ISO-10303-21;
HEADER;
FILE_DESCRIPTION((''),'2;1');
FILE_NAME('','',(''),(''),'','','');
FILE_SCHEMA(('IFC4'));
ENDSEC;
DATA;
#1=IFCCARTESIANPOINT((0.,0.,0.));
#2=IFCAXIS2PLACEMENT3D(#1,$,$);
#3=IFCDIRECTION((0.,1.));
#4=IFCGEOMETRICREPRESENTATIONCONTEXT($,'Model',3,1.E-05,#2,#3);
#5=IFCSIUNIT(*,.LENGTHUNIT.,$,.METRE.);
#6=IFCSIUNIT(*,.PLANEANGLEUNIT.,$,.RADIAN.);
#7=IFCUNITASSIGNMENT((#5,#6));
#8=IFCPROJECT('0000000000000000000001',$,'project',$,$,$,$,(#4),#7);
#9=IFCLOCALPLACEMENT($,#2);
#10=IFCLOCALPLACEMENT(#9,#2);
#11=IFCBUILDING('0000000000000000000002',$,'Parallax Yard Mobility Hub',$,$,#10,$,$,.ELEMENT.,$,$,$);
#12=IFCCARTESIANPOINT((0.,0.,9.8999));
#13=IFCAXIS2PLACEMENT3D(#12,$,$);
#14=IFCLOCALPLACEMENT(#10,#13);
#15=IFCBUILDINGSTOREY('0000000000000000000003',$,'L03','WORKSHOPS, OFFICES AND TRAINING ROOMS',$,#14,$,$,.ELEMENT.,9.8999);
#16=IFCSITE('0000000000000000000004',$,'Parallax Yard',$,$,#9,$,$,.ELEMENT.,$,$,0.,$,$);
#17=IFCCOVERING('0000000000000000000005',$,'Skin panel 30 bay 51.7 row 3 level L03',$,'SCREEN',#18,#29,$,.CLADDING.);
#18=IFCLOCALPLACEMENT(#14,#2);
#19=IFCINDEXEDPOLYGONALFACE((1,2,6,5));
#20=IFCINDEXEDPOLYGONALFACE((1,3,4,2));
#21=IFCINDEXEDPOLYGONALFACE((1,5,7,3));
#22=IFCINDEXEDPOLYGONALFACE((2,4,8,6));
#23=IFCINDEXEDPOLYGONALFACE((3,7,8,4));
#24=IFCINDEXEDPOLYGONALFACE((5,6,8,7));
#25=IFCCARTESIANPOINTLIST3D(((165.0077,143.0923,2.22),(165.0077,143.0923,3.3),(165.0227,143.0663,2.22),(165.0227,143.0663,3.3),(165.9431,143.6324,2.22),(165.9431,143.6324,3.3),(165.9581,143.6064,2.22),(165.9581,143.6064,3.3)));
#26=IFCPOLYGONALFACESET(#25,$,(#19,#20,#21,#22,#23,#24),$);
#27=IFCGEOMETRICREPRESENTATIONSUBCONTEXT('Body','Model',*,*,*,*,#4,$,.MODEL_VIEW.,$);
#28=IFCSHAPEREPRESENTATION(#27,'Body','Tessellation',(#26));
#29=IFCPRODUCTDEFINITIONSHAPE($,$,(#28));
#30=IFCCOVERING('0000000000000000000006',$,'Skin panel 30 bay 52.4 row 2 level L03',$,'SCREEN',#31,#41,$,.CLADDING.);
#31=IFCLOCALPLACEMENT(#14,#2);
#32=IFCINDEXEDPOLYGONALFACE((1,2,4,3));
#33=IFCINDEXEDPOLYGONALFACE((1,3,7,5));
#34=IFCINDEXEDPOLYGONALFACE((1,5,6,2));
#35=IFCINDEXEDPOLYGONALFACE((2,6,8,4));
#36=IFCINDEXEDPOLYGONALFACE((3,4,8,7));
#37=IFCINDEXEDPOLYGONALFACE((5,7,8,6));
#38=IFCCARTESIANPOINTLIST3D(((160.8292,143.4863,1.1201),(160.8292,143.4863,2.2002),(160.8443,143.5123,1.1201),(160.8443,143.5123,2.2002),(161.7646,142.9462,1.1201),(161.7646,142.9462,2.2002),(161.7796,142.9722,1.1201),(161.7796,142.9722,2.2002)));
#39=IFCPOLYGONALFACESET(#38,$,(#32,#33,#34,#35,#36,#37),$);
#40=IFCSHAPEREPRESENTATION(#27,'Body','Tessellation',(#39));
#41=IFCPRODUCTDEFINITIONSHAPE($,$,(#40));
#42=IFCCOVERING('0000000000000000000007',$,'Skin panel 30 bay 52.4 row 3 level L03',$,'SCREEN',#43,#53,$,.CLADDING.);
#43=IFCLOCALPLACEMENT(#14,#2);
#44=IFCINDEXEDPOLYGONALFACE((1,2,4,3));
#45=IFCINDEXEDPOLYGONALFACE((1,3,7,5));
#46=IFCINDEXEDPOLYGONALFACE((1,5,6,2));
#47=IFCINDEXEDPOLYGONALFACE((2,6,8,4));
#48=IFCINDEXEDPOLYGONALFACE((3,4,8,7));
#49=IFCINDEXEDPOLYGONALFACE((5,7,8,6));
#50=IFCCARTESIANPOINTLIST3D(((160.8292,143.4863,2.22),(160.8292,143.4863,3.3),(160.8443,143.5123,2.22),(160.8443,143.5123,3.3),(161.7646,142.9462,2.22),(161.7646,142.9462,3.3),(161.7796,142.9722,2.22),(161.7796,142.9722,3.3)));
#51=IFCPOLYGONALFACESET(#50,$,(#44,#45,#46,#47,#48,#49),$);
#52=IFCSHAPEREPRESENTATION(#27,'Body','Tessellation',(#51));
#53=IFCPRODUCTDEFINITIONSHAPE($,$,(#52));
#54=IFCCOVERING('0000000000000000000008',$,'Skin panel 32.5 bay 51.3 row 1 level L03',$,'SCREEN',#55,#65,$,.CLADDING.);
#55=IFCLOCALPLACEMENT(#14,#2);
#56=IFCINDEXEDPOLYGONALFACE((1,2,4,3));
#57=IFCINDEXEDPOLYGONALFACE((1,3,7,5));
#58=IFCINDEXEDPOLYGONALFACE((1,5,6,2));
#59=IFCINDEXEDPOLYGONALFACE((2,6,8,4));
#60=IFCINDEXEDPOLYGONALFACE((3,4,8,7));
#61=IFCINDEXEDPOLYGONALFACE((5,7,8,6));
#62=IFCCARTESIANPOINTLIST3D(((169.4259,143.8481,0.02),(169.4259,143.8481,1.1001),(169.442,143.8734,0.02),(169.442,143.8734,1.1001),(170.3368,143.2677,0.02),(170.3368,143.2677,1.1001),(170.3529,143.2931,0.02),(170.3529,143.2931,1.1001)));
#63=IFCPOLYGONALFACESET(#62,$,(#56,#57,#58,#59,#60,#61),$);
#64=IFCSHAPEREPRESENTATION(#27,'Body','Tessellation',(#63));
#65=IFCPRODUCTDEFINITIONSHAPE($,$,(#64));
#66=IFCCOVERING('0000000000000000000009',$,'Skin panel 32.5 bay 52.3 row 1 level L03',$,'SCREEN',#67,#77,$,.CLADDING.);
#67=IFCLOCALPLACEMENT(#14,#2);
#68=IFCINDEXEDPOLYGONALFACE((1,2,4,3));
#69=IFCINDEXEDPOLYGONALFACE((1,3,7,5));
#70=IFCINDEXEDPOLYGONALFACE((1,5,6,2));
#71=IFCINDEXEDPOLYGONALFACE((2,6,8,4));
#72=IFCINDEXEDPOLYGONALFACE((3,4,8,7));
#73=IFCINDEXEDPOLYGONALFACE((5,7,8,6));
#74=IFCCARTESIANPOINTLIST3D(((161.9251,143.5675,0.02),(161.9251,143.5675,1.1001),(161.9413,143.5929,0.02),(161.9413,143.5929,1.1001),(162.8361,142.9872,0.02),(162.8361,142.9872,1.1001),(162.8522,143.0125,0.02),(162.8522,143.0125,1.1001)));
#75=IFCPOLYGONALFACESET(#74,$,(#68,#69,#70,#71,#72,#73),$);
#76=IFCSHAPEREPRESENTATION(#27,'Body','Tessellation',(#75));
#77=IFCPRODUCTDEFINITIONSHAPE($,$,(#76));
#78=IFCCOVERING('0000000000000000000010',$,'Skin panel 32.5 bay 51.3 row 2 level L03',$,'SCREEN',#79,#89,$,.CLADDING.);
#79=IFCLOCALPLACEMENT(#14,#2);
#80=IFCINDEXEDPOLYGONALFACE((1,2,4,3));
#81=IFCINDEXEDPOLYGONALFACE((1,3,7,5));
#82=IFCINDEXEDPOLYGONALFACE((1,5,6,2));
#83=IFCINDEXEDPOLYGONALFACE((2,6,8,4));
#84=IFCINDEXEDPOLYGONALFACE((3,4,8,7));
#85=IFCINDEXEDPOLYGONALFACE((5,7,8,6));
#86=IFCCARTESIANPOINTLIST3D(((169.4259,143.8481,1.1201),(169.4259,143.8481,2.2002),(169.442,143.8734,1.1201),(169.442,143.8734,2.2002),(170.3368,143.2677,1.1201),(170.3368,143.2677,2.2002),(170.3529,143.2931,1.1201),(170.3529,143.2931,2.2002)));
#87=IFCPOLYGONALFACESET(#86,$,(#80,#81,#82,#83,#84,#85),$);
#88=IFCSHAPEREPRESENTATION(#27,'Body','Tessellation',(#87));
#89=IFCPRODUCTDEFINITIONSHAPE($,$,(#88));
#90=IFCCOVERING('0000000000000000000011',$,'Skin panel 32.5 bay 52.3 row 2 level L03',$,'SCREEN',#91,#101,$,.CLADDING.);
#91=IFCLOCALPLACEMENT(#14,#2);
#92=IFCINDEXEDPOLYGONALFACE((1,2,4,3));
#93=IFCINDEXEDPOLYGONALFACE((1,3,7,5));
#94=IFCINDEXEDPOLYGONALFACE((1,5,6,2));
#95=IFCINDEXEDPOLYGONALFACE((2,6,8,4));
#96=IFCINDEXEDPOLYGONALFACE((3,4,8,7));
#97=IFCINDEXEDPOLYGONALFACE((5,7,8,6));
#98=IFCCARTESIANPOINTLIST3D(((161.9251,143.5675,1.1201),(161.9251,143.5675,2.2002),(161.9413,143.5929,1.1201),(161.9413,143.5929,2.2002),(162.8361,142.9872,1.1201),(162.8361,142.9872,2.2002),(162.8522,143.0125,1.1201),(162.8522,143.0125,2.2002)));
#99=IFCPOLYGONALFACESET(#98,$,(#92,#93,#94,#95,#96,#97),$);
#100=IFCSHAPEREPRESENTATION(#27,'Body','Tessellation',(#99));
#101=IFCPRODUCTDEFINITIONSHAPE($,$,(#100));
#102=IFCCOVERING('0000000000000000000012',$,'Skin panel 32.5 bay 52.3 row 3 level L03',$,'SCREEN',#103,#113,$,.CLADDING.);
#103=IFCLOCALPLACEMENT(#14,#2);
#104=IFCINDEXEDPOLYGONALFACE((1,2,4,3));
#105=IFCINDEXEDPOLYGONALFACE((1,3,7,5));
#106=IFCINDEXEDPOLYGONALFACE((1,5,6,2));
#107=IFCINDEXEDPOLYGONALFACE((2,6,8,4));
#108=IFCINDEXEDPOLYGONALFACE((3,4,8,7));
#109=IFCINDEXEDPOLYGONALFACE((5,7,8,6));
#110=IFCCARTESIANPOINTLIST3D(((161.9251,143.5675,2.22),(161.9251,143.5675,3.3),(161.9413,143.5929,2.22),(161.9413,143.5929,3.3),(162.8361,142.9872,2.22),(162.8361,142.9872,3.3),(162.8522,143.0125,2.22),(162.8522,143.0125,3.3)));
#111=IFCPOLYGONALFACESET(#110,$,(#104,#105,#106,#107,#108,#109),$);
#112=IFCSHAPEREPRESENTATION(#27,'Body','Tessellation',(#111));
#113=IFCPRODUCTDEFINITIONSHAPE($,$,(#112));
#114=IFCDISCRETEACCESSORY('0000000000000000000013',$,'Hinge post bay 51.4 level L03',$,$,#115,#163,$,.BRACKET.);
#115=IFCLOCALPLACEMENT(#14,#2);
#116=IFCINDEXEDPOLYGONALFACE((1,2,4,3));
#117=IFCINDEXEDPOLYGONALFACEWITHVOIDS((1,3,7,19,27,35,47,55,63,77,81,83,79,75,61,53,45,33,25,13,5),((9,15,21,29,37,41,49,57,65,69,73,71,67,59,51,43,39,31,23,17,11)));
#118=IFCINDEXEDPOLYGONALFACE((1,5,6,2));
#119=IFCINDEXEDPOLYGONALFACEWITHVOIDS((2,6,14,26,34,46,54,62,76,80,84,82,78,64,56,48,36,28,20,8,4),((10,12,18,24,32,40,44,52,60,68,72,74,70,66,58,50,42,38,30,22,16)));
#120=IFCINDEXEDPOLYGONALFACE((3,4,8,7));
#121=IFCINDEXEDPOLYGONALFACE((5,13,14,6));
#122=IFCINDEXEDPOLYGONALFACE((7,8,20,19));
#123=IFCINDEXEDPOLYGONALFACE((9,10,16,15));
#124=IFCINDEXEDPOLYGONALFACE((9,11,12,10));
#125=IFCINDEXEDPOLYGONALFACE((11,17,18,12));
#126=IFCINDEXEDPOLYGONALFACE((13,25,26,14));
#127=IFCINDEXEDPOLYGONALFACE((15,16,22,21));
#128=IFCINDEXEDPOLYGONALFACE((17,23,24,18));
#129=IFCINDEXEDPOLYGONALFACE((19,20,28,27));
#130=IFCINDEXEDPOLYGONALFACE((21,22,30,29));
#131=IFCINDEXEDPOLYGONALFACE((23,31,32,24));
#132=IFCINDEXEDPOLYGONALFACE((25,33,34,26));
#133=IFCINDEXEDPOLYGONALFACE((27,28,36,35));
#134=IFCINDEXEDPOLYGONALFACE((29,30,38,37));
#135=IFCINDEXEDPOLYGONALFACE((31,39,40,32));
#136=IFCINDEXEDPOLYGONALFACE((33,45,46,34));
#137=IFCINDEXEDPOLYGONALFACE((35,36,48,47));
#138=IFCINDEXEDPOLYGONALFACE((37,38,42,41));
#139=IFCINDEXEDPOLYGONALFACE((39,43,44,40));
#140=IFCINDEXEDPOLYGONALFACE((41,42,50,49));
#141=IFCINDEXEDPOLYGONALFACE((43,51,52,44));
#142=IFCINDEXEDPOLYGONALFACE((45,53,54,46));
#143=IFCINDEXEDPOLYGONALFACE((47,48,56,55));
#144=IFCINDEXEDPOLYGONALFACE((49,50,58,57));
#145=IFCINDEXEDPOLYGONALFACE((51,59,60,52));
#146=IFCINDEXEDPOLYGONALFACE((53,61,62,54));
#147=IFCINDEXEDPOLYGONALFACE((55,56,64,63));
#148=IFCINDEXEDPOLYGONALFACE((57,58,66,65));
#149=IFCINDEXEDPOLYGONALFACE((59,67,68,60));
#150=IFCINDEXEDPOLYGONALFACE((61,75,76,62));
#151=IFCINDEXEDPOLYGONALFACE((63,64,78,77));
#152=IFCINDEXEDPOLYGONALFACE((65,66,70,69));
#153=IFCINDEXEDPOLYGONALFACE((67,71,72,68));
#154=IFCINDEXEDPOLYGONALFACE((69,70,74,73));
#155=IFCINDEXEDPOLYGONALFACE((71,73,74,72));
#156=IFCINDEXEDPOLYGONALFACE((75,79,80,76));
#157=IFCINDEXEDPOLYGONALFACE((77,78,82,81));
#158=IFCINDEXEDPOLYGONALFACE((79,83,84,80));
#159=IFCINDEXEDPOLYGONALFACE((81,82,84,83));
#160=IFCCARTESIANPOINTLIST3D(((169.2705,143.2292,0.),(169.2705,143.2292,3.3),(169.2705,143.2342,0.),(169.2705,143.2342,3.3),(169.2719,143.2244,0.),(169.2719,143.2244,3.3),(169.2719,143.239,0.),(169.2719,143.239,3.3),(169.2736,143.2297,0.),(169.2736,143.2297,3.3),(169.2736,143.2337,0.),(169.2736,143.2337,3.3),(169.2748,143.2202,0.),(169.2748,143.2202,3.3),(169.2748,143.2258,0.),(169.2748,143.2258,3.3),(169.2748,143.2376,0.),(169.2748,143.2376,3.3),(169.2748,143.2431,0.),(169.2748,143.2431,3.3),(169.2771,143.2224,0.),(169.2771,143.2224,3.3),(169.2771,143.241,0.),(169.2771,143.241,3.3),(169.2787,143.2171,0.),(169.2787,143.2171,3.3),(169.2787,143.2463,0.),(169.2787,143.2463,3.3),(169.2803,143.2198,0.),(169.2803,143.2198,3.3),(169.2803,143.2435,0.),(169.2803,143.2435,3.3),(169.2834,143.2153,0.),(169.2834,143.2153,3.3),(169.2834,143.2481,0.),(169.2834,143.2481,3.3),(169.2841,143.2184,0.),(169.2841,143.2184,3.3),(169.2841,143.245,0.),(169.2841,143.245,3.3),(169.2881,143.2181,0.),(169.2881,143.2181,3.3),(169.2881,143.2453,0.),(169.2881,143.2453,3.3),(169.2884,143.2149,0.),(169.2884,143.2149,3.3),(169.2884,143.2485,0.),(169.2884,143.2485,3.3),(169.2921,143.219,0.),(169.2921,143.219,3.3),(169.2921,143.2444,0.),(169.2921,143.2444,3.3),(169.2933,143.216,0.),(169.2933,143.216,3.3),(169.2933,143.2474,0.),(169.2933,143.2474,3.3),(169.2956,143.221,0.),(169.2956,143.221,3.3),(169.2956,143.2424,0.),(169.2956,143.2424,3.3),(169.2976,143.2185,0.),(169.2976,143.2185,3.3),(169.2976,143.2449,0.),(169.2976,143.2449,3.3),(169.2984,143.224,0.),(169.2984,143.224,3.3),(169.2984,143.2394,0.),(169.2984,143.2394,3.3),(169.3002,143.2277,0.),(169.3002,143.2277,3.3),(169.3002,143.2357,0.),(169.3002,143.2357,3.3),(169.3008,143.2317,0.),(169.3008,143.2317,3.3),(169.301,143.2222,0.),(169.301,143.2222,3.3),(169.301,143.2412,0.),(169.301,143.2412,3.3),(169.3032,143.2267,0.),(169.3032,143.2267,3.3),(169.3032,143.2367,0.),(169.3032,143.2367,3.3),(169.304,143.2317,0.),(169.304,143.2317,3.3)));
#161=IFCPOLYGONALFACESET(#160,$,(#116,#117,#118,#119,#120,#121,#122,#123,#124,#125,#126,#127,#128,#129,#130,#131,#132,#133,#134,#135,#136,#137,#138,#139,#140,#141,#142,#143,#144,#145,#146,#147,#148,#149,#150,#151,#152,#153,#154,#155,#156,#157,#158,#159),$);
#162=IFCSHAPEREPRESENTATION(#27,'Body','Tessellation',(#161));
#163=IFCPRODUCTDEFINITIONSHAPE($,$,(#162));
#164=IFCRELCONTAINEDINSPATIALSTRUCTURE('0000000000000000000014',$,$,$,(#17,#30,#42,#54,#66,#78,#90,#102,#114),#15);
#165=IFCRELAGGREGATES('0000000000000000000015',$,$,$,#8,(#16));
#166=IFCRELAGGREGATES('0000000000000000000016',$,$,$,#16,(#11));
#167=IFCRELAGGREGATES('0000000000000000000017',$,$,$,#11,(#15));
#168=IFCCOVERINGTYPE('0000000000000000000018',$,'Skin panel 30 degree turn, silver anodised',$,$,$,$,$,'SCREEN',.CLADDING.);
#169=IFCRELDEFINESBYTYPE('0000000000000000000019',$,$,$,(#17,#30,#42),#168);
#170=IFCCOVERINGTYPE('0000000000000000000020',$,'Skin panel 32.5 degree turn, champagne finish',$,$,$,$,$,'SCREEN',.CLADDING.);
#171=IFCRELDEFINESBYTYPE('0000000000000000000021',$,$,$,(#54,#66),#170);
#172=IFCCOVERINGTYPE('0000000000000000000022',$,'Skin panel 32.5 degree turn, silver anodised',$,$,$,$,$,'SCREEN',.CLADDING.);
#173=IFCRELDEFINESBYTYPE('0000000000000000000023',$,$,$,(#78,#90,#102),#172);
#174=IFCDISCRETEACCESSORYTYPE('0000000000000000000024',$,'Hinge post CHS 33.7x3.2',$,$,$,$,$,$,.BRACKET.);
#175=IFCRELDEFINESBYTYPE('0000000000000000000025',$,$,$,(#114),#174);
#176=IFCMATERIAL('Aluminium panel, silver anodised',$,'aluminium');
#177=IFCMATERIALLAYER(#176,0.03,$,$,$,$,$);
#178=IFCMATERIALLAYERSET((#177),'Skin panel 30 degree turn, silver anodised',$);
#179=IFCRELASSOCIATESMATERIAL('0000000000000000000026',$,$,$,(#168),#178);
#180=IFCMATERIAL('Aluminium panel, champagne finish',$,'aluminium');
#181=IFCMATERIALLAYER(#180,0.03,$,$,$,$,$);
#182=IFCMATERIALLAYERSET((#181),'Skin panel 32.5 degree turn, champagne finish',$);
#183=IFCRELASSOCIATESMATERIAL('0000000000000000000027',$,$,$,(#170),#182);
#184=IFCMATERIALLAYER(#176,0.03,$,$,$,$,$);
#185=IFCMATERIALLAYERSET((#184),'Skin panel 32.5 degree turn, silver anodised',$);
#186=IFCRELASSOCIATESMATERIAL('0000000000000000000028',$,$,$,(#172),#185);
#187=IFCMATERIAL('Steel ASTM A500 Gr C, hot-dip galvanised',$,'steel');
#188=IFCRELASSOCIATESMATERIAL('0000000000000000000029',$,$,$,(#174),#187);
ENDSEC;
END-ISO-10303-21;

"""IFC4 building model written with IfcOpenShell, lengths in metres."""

from ifc_helpers import new_model, si_unit, direction, frame, origin, origin_2d, place, context, subcontext, project, spatial, rectangle, hollow_circle, extrude, material, layer, layer_set, material_profile, profile_set, type_object, element, save


model = new_model("IFC4")

# Units and contexts
model_context = context("Model", 3, precision=1e-05, world=origin(), true_north=direction((0.0, 1.0)))
body_context = subcontext(model_context, "Body", "Model", "MODEL_VIEW")
ifc_project = project(units=[si_unit("LENGTHUNIT", "METRE"), si_unit("PLANEANGLEUNIT", "RADIAN")], contexts=[model_context])

# Site, building, storey
site_placement = place(None, origin())
site = spatial("IfcSite", under=ifc_project, at=site_placement, Name="Parallax Yard", CompositionType="ELEMENT", RefElevation=0.0)
building_placement = place(site_placement, origin())
building = spatial("IfcBuilding", under=site, at=building_placement, Name="Parallax Yard Mobility Hub", CompositionType="ELEMENT")
storey_placement = place(building_placement, frame((0.0, 0.0, 9.8999)))
storey = spatial("IfcBuildingStorey", under=building, at=storey_placement, Name="L03", Description="WORKSHOPS, OFFICES AND TRAINING ROOMS", CompositionType="ELEMENT", Elevation=9.8999)

# Coverings
ifc_material_1 = material(Name="Aluminium panel, champagne finish", Category="aluminium")
ifc_material_2 = material(Name="Aluminium panel, silver anodised", Category="aluminium")
ifc_layer_1 = layer(ifc_material_2, 0.03)
ifc_layer_set_1 = layer_set([ifc_layer_1], Name="Skin panel 30 degree turn, silver anodised")
covering_type_1 = type_object("IfcCoveringType", Name="Skin panel 30 degree turn, silver anodised", ElementType="SCREEN", PredefinedType="CLADDING", material=ifc_layer_set_1)
for number, where, z_axis, x_axis, name in (
    (1, (165.4829, 143.3494, 2.22), (0.0, 0.0, 1.0), (0.866025, 0.5, 0.0), "Skin panel 30 bay 51.7 row 3 level L03"),
    (2, (161.3044, 143.2292, 1.1201), (0.0, 0.0, 1.0), (-0.866025, 0.5, 0.0), "Skin panel 30 bay 52.4 row 2 level L03"),
    (3, (161.3044, 143.2292, 2.22), (0.0, 0.0, 1.0), (-0.866025, 0.5, 0.0), "Skin panel 30 bay 52.4 row 3 level L03"),
):
    element("IfcCovering", number, at=place(storey_placement, frame(where, z_axis=z_axis, x_axis=x_axis)), inside=storey, type_object=covering_type_1, Name=name, ObjectType="SCREEN", PredefinedType="CLADDING", context=body_context, shape_type="SweptSolid", body=[
        extrude(rectangle(XDim=1.0801, YDim=0.03, at=origin_2d()), origin(), (0.0, 0.0, 1.0), 1.0801),
    ])
ifc_layer_2 = layer(ifc_material_1, 0.03)
ifc_layer_set_2 = layer_set([ifc_layer_2], Name="Skin panel 32.5 degree turn, champagne finish")
covering_type_2 = type_object("IfcCoveringType", Name="Skin panel 32.5 degree turn, champagne finish", ElementType="SCREEN", PredefinedType="CLADDING", material=ifc_layer_set_2)
for number, where, z_axis, x_axis, name in (
    (4, (169.8894, 143.5706, 0.02), (0.0, 0.0, 1.0), (-0.843391, 0.5373, 0.0), "Skin panel 32.5 bay 51.3 row 1 level L03"),
    (5, (162.3887, 143.29, 0.02), (0.0, 0.0, 1.0), (-0.843391, 0.5373, 0.0), "Skin panel 32.5 bay 52.3 row 1 level L03"),
):
    element("IfcCovering", number, at=place(storey_placement, frame(where, z_axis=z_axis, x_axis=x_axis)), inside=storey, type_object=covering_type_2, Name=name, ObjectType="SCREEN", PredefinedType="CLADDING", context=body_context, shape_type="SweptSolid", body=[
        extrude(rectangle(XDim=1.0801, YDim=0.03, at=origin_2d()), origin(), (0.0, 0.0, 1.0), 1.0801),
    ])
ifc_layer_3 = layer(ifc_material_2, 0.03)
ifc_layer_set_3 = layer_set([ifc_layer_3], Name="Skin panel 32.5 degree turn, silver anodised")
covering_type_3 = type_object("IfcCoveringType", Name="Skin panel 32.5 degree turn, silver anodised", ElementType="SCREEN", PredefinedType="CLADDING", material=ifc_layer_set_3)
for number, where, z_axis, x_axis, name in (
    (6, (169.8894, 143.5706, 1.1201), (0.0, 0.0, 1.0), (-0.843391, 0.5373, 0.0), "Skin panel 32.5 bay 51.3 row 2 level L03"),
    (7, (162.3887, 143.29, 1.1201), (0.0, 0.0, 1.0), (-0.843391, 0.5373, 0.0), "Skin panel 32.5 bay 52.3 row 2 level L03"),
    (8, (162.3887, 143.29, 2.22), (0.0, 0.0, 1.0), (-0.843391, 0.5373, 0.0), "Skin panel 32.5 bay 52.3 row 3 level L03"),
):
    element("IfcCovering", number, at=place(storey_placement, frame(where, z_axis=z_axis, x_axis=x_axis)), inside=storey, type_object=covering_type_3, Name=name, ObjectType="SCREEN", PredefinedType="CLADDING", context=body_context, shape_type="SweptSolid", body=[
        extrude(rectangle(XDim=1.0801, YDim=0.03, at=origin_2d()), origin(), (0.0, 0.0, 1.0), 1.0801),
    ])

# Discrete accessory
ifc_material_3 = material(Name="Steel ASTM A500 Gr C, hot-dip galvanised", Category="steel")
ifc_material_profile = material_profile(ifc_material_3, hollow_circle(Radius=0.0168, WallThickness=0.0032, at=origin_2d()), Name="CHS 33.7x3.2")
ifc_profile_set = profile_set([ifc_material_profile], Name="Steel ASTM A500 Gr C, hot-dip galvanised")
discrete_accessory_type = type_object("IfcDiscreteAccessoryType", Name="Hinge post CHS 33.7x3.2", PredefinedType="BRACKET", material=ifc_profile_set)
for number, where, z_axis, x_axis, name in (
    (9, (169.2871, 143.2317, 0.0), (0.0, 0.0, 1.0), (1.0, 0.0, 0.0), "Hinge post bay 51.4 level L03"),
):
    element("IfcDiscreteAccessory", number, at=place(storey_placement, frame(where, z_axis=z_axis, x_axis=x_axis)), inside=storey, type_object=discrete_accessory_type, Name=name, PredefinedType="BRACKET", context=body_context, shape_type="SweptSolid", body=[
        extrude(hollow_circle(Radius=0.0168, WallThickness=0.0032, at=origin_2d()), origin(), (0.0, 0.0, 1.0), 3.3),
    ])

save(model, "model.ifc")
